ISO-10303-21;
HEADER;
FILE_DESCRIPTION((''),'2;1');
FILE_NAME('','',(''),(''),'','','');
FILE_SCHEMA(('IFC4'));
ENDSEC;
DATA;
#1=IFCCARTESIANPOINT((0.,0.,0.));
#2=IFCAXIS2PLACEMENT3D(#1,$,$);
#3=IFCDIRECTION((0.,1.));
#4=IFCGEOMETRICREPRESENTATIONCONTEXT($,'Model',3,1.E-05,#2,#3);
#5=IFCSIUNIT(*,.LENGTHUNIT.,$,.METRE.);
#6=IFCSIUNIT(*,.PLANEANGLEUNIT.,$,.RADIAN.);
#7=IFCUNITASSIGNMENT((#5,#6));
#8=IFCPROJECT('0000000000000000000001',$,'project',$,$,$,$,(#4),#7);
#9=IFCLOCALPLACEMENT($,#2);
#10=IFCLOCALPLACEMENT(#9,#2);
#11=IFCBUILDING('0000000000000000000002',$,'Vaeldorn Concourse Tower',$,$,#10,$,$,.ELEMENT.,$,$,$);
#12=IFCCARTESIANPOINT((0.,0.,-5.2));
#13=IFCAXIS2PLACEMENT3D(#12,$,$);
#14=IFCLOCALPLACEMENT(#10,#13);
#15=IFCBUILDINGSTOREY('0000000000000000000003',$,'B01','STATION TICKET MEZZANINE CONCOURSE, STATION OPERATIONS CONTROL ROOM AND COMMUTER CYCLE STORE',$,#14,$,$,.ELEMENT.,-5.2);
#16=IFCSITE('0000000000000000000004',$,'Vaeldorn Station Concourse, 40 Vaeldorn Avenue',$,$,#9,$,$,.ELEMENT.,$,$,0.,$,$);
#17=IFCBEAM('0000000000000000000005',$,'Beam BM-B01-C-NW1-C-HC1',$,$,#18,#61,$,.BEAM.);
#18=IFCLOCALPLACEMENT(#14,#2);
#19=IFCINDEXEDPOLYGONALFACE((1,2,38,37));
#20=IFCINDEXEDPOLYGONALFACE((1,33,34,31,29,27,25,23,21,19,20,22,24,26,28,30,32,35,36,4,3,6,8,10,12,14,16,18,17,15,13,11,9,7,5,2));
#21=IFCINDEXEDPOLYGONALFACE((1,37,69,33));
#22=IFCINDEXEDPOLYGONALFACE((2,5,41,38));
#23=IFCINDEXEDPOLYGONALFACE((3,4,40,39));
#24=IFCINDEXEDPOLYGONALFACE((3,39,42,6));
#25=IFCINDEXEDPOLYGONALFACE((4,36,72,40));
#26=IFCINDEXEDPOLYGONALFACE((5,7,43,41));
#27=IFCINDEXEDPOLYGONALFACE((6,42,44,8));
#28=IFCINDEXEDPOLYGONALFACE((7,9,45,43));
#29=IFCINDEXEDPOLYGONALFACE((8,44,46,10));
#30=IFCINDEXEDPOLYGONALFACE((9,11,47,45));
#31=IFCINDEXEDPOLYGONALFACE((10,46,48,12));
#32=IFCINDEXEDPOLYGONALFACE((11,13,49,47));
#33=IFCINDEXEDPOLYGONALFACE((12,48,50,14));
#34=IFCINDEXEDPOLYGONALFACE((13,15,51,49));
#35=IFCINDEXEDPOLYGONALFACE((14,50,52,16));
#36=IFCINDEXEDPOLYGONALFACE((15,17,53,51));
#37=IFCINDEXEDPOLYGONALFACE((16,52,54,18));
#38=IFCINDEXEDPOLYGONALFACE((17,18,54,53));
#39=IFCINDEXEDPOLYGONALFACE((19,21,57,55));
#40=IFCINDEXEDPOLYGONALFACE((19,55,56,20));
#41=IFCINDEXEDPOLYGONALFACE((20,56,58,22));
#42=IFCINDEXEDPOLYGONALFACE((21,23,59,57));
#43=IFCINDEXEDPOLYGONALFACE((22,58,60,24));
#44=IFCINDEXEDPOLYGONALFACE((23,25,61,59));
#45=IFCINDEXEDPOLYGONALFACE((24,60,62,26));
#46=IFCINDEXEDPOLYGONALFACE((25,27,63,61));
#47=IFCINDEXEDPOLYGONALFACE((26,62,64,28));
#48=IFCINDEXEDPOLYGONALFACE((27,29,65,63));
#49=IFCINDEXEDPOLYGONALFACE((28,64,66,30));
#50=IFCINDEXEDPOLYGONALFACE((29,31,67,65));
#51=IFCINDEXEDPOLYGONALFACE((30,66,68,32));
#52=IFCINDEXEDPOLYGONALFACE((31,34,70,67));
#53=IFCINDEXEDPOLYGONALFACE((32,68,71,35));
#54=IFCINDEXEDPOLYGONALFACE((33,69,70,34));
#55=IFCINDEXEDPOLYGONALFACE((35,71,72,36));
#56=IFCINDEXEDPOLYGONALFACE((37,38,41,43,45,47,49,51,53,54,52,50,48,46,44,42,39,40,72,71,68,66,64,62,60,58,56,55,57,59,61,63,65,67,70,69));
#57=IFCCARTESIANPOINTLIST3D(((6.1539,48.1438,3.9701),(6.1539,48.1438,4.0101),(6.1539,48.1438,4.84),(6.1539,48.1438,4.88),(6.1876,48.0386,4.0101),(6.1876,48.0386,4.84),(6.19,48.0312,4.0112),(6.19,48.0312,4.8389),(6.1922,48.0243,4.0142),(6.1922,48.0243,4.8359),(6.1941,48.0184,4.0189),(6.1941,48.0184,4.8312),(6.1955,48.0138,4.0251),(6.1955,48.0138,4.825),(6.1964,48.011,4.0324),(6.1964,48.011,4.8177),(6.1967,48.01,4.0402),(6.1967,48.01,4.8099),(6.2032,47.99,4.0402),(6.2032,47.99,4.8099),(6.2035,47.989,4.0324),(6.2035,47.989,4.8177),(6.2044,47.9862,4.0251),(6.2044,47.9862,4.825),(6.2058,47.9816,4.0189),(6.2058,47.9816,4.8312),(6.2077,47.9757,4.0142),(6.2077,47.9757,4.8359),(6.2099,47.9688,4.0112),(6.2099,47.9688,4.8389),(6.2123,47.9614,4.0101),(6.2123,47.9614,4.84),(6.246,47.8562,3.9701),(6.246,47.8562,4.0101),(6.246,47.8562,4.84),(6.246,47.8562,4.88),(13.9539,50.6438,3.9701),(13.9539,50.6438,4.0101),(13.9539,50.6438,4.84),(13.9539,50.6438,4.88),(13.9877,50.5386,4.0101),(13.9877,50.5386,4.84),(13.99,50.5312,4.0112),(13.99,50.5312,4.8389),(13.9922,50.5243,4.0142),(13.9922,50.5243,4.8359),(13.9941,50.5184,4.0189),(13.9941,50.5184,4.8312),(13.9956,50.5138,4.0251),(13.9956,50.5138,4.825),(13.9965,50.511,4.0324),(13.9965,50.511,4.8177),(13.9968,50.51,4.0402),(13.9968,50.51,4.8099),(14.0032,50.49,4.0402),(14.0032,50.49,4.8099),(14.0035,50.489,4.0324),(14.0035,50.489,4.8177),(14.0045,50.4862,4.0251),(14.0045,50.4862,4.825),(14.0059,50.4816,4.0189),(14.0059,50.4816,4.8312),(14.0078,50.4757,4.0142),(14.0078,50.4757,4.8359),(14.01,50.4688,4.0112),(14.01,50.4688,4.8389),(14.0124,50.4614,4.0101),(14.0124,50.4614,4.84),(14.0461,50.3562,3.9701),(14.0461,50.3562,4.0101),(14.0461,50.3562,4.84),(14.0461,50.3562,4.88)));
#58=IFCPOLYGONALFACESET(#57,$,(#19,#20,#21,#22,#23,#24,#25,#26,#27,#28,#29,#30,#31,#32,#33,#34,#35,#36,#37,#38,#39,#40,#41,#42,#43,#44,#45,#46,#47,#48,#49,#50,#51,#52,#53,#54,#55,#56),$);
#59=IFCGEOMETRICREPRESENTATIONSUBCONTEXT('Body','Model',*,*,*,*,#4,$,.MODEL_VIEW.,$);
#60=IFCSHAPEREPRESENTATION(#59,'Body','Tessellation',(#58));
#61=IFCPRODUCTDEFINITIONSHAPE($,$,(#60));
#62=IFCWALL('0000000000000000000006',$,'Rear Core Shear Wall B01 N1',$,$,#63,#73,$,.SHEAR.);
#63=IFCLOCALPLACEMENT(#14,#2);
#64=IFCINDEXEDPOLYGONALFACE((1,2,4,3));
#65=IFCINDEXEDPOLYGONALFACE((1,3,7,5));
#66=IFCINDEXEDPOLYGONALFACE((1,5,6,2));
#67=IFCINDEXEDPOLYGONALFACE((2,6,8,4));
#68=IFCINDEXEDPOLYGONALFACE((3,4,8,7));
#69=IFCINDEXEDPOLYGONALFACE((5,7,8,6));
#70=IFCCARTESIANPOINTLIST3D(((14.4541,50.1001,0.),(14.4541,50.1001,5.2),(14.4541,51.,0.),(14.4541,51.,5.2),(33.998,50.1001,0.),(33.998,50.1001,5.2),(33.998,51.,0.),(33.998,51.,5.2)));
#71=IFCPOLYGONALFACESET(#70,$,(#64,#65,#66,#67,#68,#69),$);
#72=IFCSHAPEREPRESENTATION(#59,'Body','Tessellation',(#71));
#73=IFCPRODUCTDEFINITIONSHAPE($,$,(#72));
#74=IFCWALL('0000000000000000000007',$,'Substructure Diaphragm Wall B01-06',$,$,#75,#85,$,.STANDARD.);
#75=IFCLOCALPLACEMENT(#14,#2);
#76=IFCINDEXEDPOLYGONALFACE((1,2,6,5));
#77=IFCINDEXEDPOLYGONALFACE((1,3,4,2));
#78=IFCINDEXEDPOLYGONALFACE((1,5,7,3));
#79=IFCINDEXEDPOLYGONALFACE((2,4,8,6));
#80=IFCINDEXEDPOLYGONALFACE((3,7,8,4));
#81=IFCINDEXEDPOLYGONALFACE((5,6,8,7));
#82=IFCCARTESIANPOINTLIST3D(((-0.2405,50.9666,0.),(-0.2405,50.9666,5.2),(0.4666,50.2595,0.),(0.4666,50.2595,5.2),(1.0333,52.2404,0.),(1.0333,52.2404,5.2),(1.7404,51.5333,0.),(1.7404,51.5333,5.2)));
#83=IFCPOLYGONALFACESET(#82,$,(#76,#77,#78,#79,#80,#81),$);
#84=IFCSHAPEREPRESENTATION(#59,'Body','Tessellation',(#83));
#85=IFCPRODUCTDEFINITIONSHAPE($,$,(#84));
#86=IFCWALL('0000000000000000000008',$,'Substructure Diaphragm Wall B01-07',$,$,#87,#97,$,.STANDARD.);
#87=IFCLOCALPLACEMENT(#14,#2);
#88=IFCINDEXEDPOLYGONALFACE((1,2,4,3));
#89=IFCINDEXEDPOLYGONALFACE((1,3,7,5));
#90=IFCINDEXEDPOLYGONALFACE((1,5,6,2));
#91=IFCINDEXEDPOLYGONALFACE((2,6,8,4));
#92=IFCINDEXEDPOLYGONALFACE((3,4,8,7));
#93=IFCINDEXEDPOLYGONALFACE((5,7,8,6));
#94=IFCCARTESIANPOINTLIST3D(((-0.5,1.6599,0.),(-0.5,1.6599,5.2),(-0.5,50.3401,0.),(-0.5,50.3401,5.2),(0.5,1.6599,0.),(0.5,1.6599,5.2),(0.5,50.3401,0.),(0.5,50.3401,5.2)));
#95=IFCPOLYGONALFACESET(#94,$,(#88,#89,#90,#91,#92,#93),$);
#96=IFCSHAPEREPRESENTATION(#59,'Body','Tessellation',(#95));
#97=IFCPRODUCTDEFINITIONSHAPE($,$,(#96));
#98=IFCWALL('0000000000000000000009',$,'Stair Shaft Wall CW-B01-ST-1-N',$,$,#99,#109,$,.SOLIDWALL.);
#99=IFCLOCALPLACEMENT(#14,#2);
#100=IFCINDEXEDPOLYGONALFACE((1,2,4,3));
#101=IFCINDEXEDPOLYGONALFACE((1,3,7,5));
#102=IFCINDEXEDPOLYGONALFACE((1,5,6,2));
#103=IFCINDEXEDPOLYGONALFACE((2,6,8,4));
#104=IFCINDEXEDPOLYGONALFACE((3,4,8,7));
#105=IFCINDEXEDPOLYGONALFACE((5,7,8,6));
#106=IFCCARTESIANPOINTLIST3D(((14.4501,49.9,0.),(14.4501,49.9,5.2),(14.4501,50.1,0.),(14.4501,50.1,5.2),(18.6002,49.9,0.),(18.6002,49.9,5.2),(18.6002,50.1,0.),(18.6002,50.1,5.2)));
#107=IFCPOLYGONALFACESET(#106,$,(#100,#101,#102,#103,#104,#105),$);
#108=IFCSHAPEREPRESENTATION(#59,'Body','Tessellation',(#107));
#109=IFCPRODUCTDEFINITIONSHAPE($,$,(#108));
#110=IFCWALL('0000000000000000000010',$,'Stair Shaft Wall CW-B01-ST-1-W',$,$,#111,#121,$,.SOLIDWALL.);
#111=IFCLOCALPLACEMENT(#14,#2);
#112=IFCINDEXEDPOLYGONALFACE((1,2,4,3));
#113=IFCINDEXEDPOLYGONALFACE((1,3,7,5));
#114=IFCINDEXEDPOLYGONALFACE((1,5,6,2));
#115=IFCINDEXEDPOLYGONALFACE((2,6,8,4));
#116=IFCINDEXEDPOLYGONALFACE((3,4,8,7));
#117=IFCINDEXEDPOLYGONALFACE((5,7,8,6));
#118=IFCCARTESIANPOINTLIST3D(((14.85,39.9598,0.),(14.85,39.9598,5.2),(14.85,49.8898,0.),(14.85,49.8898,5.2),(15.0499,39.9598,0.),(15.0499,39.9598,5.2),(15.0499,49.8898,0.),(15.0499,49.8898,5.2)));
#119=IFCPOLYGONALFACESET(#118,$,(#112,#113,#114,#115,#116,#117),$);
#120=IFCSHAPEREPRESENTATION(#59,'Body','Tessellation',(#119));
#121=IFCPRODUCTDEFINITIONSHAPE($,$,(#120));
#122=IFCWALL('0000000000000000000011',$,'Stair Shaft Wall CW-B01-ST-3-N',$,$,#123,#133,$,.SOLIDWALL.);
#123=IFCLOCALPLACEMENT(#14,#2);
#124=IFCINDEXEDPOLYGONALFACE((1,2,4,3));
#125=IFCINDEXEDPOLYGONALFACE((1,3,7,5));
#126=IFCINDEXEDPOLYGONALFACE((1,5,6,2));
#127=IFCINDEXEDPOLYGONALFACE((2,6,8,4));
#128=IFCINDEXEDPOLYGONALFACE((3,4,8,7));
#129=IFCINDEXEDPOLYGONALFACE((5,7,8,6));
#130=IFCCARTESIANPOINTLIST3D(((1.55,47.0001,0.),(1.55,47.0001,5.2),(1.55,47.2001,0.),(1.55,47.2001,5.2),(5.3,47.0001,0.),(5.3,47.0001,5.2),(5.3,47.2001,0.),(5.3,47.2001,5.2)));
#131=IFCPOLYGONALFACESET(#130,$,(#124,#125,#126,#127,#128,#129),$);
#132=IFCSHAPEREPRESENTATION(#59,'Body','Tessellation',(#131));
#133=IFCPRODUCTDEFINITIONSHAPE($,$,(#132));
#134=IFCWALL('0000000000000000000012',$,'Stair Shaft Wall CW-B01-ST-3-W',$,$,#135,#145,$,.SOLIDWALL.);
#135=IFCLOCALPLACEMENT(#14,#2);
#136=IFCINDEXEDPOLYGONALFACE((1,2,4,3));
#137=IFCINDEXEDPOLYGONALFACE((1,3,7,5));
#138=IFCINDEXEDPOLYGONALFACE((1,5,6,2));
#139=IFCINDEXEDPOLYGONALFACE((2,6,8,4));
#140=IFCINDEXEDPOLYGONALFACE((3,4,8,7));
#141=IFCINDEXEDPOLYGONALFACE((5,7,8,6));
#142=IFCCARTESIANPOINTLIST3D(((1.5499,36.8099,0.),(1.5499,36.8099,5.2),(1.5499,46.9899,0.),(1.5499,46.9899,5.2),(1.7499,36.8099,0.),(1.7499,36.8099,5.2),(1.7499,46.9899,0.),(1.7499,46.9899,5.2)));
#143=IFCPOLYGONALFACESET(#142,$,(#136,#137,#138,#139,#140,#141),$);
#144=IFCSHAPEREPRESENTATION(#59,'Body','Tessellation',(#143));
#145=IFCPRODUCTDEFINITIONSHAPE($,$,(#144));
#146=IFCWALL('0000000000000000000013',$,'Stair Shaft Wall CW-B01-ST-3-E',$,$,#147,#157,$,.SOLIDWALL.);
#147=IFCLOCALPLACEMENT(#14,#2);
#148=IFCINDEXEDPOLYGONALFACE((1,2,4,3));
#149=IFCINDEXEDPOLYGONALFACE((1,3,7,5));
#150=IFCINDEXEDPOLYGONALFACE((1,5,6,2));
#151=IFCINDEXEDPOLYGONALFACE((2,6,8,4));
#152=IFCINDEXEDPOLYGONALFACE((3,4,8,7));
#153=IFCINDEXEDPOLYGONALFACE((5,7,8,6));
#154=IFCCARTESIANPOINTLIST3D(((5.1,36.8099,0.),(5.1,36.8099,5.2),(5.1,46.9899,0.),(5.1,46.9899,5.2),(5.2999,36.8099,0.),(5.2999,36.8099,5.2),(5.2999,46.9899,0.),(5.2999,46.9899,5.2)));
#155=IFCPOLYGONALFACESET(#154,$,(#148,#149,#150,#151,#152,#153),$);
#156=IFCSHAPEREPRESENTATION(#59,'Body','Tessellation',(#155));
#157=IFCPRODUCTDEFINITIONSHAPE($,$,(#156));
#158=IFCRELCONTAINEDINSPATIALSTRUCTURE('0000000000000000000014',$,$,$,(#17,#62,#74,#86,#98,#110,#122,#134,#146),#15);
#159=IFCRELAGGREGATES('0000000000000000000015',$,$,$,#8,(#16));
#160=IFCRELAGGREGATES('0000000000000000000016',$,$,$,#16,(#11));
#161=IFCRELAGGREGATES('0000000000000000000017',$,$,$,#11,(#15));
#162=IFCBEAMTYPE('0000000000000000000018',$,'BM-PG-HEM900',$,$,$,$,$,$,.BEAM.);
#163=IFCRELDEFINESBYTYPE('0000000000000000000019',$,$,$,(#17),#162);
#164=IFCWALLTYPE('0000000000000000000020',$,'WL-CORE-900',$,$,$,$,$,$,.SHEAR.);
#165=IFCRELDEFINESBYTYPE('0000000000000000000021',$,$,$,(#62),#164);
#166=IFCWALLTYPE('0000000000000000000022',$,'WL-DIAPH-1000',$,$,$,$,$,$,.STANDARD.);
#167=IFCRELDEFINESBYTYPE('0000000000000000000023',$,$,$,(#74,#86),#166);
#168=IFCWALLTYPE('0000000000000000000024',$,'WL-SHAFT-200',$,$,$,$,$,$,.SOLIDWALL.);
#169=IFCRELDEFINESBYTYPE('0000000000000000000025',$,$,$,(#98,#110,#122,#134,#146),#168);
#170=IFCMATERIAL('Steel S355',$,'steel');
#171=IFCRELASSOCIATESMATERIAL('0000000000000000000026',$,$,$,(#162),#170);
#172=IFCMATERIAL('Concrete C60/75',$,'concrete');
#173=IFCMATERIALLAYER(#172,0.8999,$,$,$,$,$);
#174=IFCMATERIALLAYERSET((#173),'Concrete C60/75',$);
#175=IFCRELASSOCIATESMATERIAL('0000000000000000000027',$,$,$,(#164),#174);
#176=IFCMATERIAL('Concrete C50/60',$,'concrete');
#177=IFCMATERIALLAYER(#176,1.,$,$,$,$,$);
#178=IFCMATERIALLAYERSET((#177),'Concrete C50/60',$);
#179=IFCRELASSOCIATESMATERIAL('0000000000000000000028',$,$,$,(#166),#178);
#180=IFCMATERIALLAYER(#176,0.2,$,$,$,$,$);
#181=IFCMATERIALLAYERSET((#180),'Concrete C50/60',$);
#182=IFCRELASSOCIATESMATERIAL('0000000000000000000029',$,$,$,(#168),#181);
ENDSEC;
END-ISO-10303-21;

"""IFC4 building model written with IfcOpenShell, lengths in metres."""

from ifc_helpers import new_model, si_unit, direction, frame, frame_2d, origin, origin_2d, place, context, subcontext, project, spatial, rectangle, i_section, extrude, source, transform, mapped, material, layer, layer_set, material_profile, profile_set, type_object, element, save


model = new_model("IFC4")

# Units and contexts
model_context = context("Model", 3, precision=1e-05, world=origin(), true_north=direction((0.0, 1.0)))
body_context = subcontext(model_context, "Body", "Model", "MODEL_VIEW")
ifc_project = project(units=[si_unit("LENGTHUNIT", "METRE"), si_unit("PLANEANGLEUNIT", "RADIAN")], contexts=[model_context])

# Site, building, storey
site_placement = place(None, origin())
site = spatial("IfcSite", under=ifc_project, at=site_placement, Name="Vaeldorn Station Concourse, 40 Vaeldorn Avenue", CompositionType="ELEMENT", RefElevation=0.0)
building_placement = place(site_placement, origin())
building = spatial("IfcBuilding", under=site, at=building_placement, Name="Vaeldorn Concourse Tower", CompositionType="ELEMENT")
storey_placement = place(building_placement, frame((0.0, 0.0, -5.2)))
storey = spatial("IfcBuildingStorey", under=building, at=storey_placement, Name="B01", Description="STATION TICKET MEZZANINE CONCOURSE, STATION OPERATIONS CONTROL ROOM AND COMMUTER CYCLE STORE", CompositionType="ELEMENT", Elevation=-5.2)

# Beam
ifc_material_1 = material(Name="Steel S355", Category="steel")
ifc_material_profile_1 = material_profile(ifc_material_1, i_section(OverallWidth=0.302, OverallDepth=0.9099, WebThickness=0.021, FlangeThickness=0.04, FilletRadius=0.03, at=origin_2d()), Name="HEM 900")
ifc_profile_set_1 = profile_set([ifc_material_profile_1], Name="Steel S355")
beam_type_1 = type_object("IfcBeamType", Name="BM-PG-HEM900", PredefinedType="BEAM", material=ifc_profile_set_1)
shared_shape_1 = source(origin(), body_context, "Body", "SweptSolid", [
    extrude(i_section(OverallWidth=0.302, OverallDepth=0.9099, WebThickness=0.021, FlangeThickness=0.04, FilletRadius=0.03, at=origin_2d()), origin(), (0.0, 0.0, 1.0), 8.1909),
])
beam_1_placement = place(storey_placement, frame((6.2, 48.0, 4.425), z_axis=(0.952283, 0.305217, 0.0), x_axis=(-0.305217, 0.952283, 0.0)))
element("IfcBeam", 1, at=beam_1_placement, inside=storey, type_object=beam_type_1, Name="Beam BM-B01-C-NW1-C-HC1", PredefinedType="BEAM", context=body_context, shape_type="MappedRepresentation", body=[
    mapped(shared_shape_1, transform((0.0, 0.0, 0.0), scale=1.0)),
])

# Walls
ifc_material_2 = material(Name="Concrete C60/75", Category="concrete")
ifc_layer_1 = layer(ifc_material_2, 0.8999)
ifc_layer_set_1 = layer_set([ifc_layer_1], Name="Concrete C60/75")
wall_type_1 = type_object("IfcWallType", Name="WL-CORE-900", PredefinedType="SHEAR", material=ifc_layer_set_1)
wall_1_placement = place(storey_placement, frame((14.4541, 50.55, 0.0), z_axis=(0.0, 0.0, 1.0), x_axis=(1.0, 0.0, 0.0)))
element("IfcWall", 2, at=wall_1_placement, inside=storey, type_object=wall_type_1, Name="Rear Core Shear Wall B01 N1", PredefinedType="SHEAR", context=body_context, shape_type="SweptSolid", body=[
    extrude(rectangle(XDim=19.5439, YDim=0.8999, at=frame_2d((9.772, 0.0))), origin(), (0.0, 0.0, 1.0), 5.2),
])
ifc_material_3 = material(Name="Concrete C50/60", Category="concrete")
ifc_layer_2 = layer(ifc_material_3, 1.0)
ifc_layer_set_2 = layer_set([ifc_layer_2], Name="Concrete C50/60")
wall_type_2 = type_object("IfcWallType", Name="WL-DIAPH-1000", PredefinedType="STANDARD", material=ifc_layer_set_2)
wall_2_placement = place(storey_placement, frame((1.387, 51.887, 0.0), z_axis=(0.0, 0.0, 1.0), x_axis=(-0.707107, -0.707107, 0.0)))
element("IfcWall", 3, at=wall_2_placement, inside=storey, type_object=wall_type_2, Name="Substructure Diaphragm Wall B01-06", PredefinedType="STANDARD", context=body_context, shape_type="SweptSolid", body=[
    extrude(rectangle(XDim=1.8015, YDim=1.0, at=frame_2d((0.9009, 0.0))), origin(), (0.0, 0.0, 1.0), 5.2),
])
wall_3_placement = place(storey_placement, frame((0.0, 50.3401, 0.0), z_axis=(0.0, 0.0, 1.0), x_axis=(0.0, -1.0, 0.0)))
element("IfcWall", 4, at=wall_3_placement, inside=storey, type_object=wall_type_2, Name="Substructure Diaphragm Wall B01-07", PredefinedType="STANDARD", context=body_context, shape_type="SweptSolid", body=[
    extrude(rectangle(XDim=48.6802, YDim=1.0, at=frame_2d((24.3401, 0.0))), origin(), (0.0, 0.0, 1.0), 5.2),
])

# Shared definitions
ifc_layer_3 = layer(ifc_material_3, 0.2)
ifc_layer_set_3 = layer_set([ifc_layer_3], Name="Concrete C50/60")
wall_type_3 = type_object("IfcWallType", Name="WL-SHAFT-200", PredefinedType="SOLIDWALL", material=ifc_layer_set_3)

# Walls
wall_4_placement = place(storey_placement, frame((14.45, 50.0, 0.0), z_axis=(0.0, 0.0, 1.0), x_axis=(1.0, 0.0, 0.0)))
element("IfcWall", 5, at=wall_4_placement, inside=storey, type_object=wall_type_3, Name="Stair Shaft Wall CW-B01-ST-1-N", PredefinedType="SOLIDWALL", context=body_context, shape_type="SweptSolid", body=[
    extrude(rectangle(XDim=4.1501, YDim=0.2, at=frame_2d((2.0752, 0.0))), origin(), (0.0, 0.0, 1.0), 5.2),
])
wall_5_placement = place(storey_placement, frame((14.95, 39.96, 0.0), z_axis=(0.0, 0.0, 1.0), x_axis=(0.0, 1.0, 0.0)))
element("IfcWall", 6, at=wall_5_placement, inside=storey, type_object=wall_type_3, Name="Stair Shaft Wall CW-B01-ST-1-W", PredefinedType="SOLIDWALL", context=body_context, shape_type="SweptSolid", body=[
    extrude(rectangle(XDim=9.9299, YDim=0.2, at=frame_2d((4.9648, 0.0))), origin(), (0.0, 0.0, 1.0), 5.2),
])

# Walls
wall_6_placement = place(storey_placement, frame((1.55, 47.1001, 0.0), z_axis=(0.0, 0.0, 1.0), x_axis=(1.0, 0.0, 0.0)))
element("IfcWall", 7, at=wall_6_placement, inside=storey, type_object=wall_type_3, Name="Stair Shaft Wall CW-B01-ST-3-N", PredefinedType="SOLIDWALL", context=body_context, shape_type="SweptSolid", body=[
    extrude(rectangle(XDim=3.75, YDim=0.2, at=frame_2d((1.875, 0.0))), origin(), (0.0, 0.0, 1.0), 5.2),
])
for number, where, z_axis, x_axis, name in (
    (8, (1.6499, 36.8101, 0.0), (0.0, 0.0, 1.0), (0.0, 1.0, 0.0), "Stair Shaft Wall CW-B01-ST-3-W"),
    (9, (5.2, 36.8101, 0.0), (0.0, 0.0, 1.0), (0.0, 1.0, 0.0), "Stair Shaft Wall CW-B01-ST-3-E"),
):
    element("IfcWall", number, at=place(storey_placement, frame(where, z_axis=z_axis, x_axis=x_axis)), inside=storey, type_object=wall_type_3, Name=name, PredefinedType="SOLIDWALL", context=body_context, shape_type="SweptSolid", body=[
        extrude(rectangle(XDim=10.1799, YDim=0.2, at=frame_2d((5.0898, 0.0))), origin(), (0.0, 0.0, 1.0), 5.2),
    ])

save(model, "model.ifc")
